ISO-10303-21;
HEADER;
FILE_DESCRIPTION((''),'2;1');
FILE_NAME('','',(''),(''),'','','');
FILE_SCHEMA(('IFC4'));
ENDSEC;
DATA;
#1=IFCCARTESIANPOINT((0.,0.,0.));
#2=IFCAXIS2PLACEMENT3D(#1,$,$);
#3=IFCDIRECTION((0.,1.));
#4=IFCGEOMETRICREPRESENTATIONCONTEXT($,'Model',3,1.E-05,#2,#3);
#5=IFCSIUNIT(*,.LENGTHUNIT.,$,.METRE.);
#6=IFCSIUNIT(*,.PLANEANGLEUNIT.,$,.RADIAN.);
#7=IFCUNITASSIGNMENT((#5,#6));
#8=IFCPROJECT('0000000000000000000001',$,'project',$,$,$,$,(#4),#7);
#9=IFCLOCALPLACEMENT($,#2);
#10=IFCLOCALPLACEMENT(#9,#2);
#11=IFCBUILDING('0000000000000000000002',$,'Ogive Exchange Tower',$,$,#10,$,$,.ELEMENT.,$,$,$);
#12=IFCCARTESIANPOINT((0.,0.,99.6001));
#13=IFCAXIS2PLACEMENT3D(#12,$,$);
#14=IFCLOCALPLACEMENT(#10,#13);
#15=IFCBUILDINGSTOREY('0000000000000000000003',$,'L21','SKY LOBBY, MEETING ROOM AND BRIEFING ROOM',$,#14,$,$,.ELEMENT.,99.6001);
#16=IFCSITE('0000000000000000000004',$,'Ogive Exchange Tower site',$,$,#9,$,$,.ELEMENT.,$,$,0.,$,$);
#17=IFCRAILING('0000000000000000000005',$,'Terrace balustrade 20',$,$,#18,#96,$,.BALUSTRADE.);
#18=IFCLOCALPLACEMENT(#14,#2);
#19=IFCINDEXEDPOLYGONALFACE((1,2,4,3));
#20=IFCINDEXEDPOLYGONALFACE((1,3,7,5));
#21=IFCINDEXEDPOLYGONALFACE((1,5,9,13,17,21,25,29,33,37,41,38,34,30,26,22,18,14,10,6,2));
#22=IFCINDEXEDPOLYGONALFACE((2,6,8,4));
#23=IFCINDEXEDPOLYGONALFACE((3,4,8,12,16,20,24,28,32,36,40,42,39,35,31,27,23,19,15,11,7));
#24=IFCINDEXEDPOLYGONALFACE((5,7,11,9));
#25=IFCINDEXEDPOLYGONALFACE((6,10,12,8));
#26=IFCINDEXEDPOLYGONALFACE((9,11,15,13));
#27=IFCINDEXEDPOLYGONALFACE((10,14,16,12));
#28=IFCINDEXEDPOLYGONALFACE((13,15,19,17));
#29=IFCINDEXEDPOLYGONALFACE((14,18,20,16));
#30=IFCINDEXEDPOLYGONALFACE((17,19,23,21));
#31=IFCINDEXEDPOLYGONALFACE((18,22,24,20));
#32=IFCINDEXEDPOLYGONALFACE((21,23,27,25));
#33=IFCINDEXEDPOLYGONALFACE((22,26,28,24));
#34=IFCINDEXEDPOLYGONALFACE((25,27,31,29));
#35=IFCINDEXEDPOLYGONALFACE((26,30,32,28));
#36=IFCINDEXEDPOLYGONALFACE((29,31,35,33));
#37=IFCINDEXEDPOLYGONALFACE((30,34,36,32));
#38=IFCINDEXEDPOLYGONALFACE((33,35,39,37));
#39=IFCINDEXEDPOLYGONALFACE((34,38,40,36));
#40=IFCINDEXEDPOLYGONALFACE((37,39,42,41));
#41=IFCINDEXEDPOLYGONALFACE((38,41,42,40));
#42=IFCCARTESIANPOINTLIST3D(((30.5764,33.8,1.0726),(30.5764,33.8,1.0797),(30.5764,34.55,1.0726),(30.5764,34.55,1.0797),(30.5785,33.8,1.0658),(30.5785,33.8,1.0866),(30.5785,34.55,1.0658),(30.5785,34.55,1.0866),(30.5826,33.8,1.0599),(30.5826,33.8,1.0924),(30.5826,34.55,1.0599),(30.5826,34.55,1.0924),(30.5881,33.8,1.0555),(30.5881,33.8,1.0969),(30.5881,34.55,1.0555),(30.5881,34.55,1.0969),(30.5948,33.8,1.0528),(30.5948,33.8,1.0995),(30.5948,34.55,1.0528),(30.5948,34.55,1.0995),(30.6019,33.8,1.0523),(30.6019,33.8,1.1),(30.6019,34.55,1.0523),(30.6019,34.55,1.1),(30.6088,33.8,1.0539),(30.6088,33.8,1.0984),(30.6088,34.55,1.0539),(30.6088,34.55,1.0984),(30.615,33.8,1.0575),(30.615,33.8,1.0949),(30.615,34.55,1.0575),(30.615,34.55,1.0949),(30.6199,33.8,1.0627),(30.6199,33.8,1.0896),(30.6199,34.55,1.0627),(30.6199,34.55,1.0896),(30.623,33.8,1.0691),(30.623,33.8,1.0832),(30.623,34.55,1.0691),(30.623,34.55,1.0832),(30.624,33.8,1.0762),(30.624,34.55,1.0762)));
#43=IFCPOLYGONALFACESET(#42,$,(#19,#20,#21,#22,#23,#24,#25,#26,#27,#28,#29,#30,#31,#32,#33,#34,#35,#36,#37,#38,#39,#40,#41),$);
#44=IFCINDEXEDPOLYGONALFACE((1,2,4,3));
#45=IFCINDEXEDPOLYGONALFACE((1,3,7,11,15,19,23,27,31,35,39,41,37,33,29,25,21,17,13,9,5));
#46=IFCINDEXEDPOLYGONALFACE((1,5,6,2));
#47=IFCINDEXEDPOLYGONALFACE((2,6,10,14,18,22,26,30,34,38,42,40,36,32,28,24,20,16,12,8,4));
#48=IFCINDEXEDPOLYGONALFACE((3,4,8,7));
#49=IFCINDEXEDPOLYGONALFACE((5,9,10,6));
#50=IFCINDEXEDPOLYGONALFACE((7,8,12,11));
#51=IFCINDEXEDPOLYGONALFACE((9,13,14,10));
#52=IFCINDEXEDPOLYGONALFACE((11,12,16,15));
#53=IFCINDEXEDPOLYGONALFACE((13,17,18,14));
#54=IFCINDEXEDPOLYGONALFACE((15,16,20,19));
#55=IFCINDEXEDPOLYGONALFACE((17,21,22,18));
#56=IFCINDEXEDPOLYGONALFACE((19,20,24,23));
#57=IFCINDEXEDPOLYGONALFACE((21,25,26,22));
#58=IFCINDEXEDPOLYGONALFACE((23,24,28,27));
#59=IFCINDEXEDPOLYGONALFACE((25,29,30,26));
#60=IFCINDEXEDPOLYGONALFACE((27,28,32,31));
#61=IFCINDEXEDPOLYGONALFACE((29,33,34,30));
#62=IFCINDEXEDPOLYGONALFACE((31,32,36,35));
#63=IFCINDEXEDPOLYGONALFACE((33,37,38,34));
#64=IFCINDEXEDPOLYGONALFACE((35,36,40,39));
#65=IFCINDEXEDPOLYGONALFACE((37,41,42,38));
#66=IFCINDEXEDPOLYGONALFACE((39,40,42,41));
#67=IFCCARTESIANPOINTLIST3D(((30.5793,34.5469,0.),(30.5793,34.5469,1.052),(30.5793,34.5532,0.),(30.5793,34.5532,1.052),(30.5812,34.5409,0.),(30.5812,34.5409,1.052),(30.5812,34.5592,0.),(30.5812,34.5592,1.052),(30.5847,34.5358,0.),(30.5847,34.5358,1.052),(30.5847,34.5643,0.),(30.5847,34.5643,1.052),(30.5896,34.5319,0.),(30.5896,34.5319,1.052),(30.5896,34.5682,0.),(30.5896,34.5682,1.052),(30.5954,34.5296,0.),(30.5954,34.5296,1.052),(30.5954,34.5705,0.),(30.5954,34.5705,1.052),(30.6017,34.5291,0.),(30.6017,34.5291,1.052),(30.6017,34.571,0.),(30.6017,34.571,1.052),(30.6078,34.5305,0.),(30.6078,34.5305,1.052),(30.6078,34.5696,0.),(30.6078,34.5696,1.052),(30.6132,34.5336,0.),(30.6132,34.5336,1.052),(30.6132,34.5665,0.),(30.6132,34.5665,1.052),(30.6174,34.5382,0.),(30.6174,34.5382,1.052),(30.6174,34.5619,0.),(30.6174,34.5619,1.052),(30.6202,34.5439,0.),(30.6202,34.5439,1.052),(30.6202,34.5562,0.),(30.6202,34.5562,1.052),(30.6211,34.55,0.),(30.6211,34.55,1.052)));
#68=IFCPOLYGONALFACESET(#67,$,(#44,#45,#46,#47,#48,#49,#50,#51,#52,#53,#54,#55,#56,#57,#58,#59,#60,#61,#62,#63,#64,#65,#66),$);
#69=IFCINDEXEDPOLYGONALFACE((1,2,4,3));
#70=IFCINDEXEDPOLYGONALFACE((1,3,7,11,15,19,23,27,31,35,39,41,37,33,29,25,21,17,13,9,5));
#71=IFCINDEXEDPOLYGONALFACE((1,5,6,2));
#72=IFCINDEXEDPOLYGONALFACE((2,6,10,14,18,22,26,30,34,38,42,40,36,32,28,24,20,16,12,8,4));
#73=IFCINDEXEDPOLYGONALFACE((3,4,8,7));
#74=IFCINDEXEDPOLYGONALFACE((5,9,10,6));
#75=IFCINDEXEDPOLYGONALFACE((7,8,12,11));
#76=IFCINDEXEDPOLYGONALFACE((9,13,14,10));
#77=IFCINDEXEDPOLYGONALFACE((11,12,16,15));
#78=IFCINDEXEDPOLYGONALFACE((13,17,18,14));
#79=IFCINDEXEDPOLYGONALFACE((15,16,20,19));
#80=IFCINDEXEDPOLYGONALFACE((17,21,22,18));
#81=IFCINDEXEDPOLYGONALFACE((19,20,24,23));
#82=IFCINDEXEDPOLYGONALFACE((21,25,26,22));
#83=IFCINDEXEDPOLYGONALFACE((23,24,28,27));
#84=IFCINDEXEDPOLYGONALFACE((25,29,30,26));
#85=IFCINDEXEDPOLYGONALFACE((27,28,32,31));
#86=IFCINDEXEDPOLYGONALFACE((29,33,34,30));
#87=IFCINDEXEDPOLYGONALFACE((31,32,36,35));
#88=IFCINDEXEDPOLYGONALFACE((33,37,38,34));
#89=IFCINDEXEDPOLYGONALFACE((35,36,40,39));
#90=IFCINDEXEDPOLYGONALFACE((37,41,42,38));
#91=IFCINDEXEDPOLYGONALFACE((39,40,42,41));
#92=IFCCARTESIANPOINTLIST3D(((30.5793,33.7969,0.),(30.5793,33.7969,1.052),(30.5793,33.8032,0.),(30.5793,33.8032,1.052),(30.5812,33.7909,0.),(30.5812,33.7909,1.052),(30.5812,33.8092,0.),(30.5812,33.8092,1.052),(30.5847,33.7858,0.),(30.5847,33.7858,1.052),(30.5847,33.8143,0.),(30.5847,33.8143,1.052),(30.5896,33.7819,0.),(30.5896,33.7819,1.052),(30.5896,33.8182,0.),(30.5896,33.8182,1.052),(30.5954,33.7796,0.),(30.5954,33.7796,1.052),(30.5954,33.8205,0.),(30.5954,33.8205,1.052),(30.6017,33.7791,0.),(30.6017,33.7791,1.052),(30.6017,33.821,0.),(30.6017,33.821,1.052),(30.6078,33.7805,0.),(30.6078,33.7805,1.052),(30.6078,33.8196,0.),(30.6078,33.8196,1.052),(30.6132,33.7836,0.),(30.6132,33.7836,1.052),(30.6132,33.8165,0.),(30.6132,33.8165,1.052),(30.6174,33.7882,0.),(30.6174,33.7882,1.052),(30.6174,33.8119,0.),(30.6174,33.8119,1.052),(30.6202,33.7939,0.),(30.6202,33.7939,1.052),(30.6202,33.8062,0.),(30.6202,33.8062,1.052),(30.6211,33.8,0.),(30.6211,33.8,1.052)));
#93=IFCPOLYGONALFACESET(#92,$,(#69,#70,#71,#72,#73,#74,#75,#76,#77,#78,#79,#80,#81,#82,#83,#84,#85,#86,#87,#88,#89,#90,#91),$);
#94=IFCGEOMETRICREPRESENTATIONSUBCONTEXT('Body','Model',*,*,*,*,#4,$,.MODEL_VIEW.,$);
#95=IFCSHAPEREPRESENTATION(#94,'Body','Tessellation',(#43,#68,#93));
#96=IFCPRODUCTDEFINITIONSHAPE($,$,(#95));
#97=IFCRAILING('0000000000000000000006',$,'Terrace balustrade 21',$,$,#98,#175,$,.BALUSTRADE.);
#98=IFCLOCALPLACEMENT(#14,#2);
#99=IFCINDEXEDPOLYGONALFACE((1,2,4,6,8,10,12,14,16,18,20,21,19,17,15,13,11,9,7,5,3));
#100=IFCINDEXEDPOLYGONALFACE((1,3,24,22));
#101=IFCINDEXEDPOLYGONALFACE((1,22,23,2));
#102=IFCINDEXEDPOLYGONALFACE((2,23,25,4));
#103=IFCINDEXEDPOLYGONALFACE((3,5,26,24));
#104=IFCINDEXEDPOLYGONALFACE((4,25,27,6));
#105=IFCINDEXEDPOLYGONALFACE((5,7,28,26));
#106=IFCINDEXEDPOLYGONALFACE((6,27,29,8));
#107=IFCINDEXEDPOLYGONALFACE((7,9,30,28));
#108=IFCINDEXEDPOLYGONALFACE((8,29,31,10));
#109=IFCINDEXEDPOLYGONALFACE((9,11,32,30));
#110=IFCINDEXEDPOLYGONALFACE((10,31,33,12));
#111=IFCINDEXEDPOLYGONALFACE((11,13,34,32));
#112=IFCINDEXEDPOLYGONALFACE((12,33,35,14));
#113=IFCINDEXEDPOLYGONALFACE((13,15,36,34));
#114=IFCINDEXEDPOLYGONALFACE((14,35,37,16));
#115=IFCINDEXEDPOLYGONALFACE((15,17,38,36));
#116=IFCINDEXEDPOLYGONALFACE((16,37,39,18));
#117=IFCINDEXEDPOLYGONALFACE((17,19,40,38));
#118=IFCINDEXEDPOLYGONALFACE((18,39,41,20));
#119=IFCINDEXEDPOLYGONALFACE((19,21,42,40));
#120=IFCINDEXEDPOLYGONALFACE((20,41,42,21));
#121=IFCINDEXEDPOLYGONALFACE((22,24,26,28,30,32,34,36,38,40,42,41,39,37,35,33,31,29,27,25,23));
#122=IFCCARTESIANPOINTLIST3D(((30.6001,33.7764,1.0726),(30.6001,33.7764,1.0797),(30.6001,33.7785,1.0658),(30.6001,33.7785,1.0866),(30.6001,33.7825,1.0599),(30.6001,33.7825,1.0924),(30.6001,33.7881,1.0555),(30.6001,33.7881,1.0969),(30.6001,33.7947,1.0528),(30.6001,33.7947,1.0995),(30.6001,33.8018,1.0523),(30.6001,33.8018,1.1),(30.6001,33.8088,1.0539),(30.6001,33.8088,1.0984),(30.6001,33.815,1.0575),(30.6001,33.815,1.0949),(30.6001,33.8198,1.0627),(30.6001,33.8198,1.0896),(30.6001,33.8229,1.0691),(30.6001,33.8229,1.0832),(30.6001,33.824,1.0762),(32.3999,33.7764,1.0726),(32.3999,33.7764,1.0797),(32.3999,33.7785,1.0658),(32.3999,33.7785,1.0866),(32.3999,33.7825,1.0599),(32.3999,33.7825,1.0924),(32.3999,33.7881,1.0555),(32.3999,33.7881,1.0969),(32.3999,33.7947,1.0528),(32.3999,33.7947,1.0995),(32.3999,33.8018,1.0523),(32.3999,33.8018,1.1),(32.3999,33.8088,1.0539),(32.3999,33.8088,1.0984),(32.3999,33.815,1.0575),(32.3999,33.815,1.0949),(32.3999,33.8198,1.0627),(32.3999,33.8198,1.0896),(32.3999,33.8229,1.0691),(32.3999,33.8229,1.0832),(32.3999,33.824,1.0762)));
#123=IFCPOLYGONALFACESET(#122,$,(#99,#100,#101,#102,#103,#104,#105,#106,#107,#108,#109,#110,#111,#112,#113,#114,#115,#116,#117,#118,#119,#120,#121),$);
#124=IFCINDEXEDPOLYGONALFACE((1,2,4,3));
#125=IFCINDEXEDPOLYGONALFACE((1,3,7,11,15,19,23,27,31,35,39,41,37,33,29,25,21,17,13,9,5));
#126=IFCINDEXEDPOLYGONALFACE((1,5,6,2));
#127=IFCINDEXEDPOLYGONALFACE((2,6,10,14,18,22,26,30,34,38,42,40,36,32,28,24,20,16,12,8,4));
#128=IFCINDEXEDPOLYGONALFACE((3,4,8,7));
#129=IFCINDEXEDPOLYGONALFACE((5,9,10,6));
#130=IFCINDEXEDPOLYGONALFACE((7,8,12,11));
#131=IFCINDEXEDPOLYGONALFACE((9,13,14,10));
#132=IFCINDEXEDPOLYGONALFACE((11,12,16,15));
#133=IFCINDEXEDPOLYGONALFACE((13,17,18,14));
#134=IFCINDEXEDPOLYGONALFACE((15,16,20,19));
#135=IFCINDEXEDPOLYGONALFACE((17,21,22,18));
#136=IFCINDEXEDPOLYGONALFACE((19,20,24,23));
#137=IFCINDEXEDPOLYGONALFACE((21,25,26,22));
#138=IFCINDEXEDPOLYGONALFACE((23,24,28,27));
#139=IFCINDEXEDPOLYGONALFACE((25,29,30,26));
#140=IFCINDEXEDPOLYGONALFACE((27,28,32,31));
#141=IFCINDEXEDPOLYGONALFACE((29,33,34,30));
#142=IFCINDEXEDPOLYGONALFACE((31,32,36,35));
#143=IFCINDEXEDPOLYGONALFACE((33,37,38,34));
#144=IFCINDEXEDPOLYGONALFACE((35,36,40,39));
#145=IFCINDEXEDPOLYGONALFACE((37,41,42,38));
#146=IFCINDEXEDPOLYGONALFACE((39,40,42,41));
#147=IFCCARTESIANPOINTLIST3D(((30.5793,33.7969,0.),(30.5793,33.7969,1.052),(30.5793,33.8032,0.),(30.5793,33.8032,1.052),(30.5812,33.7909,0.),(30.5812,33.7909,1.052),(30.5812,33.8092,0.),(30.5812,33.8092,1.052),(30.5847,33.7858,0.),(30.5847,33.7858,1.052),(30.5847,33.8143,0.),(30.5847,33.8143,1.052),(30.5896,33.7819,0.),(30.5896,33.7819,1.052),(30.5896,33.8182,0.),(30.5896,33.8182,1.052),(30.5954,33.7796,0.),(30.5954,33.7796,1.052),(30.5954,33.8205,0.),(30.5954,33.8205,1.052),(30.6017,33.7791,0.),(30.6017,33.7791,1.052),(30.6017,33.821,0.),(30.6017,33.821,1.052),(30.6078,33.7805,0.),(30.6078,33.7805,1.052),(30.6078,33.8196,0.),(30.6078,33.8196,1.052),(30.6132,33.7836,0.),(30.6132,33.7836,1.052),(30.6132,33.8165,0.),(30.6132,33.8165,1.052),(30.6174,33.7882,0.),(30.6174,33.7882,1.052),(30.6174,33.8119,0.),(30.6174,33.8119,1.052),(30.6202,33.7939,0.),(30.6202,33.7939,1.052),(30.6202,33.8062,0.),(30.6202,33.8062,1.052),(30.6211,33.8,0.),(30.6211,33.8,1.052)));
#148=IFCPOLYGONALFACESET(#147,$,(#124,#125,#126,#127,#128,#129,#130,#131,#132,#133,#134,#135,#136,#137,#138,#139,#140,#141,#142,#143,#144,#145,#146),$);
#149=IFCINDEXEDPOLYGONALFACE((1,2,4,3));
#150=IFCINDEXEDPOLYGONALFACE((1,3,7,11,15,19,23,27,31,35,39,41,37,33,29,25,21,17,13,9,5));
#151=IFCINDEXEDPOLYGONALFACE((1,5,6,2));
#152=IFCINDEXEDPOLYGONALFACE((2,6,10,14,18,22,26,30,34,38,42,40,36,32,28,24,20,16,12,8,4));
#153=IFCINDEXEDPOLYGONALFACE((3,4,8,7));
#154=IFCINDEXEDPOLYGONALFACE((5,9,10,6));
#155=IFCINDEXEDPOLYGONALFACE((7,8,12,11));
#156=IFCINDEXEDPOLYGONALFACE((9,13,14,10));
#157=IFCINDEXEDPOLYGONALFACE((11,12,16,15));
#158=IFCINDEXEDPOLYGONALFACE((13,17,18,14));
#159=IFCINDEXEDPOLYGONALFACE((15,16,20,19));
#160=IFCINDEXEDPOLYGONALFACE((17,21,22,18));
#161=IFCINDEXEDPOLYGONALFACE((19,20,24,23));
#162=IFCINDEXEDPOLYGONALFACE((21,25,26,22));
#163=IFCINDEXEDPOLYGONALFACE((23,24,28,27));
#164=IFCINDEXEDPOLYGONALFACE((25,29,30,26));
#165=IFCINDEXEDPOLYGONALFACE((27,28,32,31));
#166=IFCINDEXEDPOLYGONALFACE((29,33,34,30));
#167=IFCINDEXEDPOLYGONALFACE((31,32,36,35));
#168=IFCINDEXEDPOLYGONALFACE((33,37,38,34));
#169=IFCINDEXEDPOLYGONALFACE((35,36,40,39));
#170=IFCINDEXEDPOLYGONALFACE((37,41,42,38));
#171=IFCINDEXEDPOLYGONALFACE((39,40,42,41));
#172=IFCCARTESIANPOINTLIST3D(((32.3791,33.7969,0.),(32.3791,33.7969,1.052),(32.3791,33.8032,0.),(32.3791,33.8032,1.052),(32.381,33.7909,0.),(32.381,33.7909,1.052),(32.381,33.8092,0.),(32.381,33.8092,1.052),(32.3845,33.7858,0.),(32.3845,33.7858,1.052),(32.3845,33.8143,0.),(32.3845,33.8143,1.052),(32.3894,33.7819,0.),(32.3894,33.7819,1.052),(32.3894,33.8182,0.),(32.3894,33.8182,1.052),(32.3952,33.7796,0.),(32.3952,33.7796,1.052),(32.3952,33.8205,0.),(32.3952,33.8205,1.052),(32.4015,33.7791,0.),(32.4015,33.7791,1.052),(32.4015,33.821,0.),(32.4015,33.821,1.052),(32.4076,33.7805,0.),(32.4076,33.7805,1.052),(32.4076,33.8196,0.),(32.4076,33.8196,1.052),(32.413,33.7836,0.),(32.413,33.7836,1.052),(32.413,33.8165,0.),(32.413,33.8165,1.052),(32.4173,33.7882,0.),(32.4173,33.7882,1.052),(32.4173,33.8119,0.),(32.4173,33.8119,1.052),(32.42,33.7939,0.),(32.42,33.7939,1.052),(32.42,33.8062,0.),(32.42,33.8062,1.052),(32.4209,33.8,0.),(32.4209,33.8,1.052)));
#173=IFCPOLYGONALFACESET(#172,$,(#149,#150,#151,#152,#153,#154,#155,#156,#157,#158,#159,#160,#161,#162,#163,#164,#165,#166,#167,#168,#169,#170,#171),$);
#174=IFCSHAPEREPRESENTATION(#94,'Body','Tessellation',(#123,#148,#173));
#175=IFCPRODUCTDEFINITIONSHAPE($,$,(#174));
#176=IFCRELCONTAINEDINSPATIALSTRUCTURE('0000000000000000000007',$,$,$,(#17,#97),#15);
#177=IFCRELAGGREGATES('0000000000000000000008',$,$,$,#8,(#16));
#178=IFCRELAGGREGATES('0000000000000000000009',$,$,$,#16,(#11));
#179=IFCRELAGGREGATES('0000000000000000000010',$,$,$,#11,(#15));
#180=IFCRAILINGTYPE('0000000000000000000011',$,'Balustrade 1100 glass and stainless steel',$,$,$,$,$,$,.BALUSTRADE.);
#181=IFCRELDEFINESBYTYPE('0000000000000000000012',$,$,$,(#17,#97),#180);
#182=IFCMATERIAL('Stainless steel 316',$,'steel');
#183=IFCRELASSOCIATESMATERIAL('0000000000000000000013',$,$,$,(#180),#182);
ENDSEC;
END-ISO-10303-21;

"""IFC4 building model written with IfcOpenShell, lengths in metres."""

from ifc_helpers import new_model, si_unit, direction, frame, origin, origin_2d, place, context, subcontext, project, spatial, circle, extrude, material, type_object, element, save


model = new_model("IFC4")

# Units and contexts
model_context = context("Model", 3, precision=1e-05, world=origin(), true_north=direction((0.0, 1.0)))
body_context = subcontext(model_context, "Body", "Model", "MODEL_VIEW")
ifc_project = project(units=[si_unit("LENGTHUNIT", "METRE"), si_unit("PLANEANGLEUNIT", "RADIAN")], contexts=[model_context])

# Site, building, storey
site_placement = place(None, origin())
site = spatial("IfcSite", under=ifc_project, at=site_placement, Name="Ogive Exchange Tower site", CompositionType="ELEMENT", RefElevation=0.0)
building_placement = place(site_placement, origin())
building = spatial("IfcBuilding", under=site, at=building_placement, Name="Ogive Exchange Tower", CompositionType="ELEMENT")
storey_placement = place(building_placement, frame((0.0, 0.0, 99.6001)))
storey = spatial("IfcBuildingStorey", under=building, at=storey_placement, Name="L21", Description="SKY LOBBY, MEETING ROOM AND BRIEFING ROOM", CompositionType="ELEMENT", Elevation=99.6001)

# Railings
ifc_material_1 = material(Name="Stainless steel 316", Category="steel")
railing_type = type_object("IfcRailingType", Name="Balustrade 1100 glass and stainless steel", PredefinedType="BALUSTRADE", material=ifc_material_1)
railing_1_placement = place(storey_placement, frame((30.6001, 34.55, 0.0)))
element("IfcRailing", 1, at=railing_1_placement, inside=storey, type_object=railing_type, Name="Terrace balustrade 20", PredefinedType="BALUSTRADE", context=body_context, shape_type="SweptSolid", body=[
    extrude(circle(Radius=0.0239, at=origin_2d()), frame((0.0, 0.0, 1.0762), z_axis=(0.0, -1.0, 0.0), x_axis=(1.0, 0.0, 0.0)), (0.0, 0.0, 1.0), 0.75),
    extrude(circle(Radius=0.021, at=origin_2d()), origin(), (0.0, 0.0, 1.0), 1.052),
    extrude(circle(Radius=0.021, at=origin_2d()), frame((0.0, -0.75, 0.0)), (0.0, 0.0, 1.0), 1.052),
])
railing_2_placement = place(storey_placement, frame((30.6001, 33.8, 0.0)))
element("IfcRailing", 2, at=railing_2_placement, inside=storey, type_object=railing_type, Name="Terrace balustrade 21", PredefinedType="BALUSTRADE", context=body_context, shape_type="SweptSolid", body=[
    extrude(circle(Radius=0.0239, at=origin_2d()), frame((0.0, 0.0, 1.0762), z_axis=(1.0, 0.0, 0.0), x_axis=(0.0, 1.0, 0.0)), (0.0, 0.0, 1.0), 1.7998),
    extrude(circle(Radius=0.021, at=origin_2d()), origin(), (0.0, 0.0, 1.0), 1.052),
    extrude(circle(Radius=0.021, at=origin_2d()), frame((1.7998, 0.0, 0.0)), (0.0, 0.0, 1.0), 1.052),
])

save(model, "model.ifc")
